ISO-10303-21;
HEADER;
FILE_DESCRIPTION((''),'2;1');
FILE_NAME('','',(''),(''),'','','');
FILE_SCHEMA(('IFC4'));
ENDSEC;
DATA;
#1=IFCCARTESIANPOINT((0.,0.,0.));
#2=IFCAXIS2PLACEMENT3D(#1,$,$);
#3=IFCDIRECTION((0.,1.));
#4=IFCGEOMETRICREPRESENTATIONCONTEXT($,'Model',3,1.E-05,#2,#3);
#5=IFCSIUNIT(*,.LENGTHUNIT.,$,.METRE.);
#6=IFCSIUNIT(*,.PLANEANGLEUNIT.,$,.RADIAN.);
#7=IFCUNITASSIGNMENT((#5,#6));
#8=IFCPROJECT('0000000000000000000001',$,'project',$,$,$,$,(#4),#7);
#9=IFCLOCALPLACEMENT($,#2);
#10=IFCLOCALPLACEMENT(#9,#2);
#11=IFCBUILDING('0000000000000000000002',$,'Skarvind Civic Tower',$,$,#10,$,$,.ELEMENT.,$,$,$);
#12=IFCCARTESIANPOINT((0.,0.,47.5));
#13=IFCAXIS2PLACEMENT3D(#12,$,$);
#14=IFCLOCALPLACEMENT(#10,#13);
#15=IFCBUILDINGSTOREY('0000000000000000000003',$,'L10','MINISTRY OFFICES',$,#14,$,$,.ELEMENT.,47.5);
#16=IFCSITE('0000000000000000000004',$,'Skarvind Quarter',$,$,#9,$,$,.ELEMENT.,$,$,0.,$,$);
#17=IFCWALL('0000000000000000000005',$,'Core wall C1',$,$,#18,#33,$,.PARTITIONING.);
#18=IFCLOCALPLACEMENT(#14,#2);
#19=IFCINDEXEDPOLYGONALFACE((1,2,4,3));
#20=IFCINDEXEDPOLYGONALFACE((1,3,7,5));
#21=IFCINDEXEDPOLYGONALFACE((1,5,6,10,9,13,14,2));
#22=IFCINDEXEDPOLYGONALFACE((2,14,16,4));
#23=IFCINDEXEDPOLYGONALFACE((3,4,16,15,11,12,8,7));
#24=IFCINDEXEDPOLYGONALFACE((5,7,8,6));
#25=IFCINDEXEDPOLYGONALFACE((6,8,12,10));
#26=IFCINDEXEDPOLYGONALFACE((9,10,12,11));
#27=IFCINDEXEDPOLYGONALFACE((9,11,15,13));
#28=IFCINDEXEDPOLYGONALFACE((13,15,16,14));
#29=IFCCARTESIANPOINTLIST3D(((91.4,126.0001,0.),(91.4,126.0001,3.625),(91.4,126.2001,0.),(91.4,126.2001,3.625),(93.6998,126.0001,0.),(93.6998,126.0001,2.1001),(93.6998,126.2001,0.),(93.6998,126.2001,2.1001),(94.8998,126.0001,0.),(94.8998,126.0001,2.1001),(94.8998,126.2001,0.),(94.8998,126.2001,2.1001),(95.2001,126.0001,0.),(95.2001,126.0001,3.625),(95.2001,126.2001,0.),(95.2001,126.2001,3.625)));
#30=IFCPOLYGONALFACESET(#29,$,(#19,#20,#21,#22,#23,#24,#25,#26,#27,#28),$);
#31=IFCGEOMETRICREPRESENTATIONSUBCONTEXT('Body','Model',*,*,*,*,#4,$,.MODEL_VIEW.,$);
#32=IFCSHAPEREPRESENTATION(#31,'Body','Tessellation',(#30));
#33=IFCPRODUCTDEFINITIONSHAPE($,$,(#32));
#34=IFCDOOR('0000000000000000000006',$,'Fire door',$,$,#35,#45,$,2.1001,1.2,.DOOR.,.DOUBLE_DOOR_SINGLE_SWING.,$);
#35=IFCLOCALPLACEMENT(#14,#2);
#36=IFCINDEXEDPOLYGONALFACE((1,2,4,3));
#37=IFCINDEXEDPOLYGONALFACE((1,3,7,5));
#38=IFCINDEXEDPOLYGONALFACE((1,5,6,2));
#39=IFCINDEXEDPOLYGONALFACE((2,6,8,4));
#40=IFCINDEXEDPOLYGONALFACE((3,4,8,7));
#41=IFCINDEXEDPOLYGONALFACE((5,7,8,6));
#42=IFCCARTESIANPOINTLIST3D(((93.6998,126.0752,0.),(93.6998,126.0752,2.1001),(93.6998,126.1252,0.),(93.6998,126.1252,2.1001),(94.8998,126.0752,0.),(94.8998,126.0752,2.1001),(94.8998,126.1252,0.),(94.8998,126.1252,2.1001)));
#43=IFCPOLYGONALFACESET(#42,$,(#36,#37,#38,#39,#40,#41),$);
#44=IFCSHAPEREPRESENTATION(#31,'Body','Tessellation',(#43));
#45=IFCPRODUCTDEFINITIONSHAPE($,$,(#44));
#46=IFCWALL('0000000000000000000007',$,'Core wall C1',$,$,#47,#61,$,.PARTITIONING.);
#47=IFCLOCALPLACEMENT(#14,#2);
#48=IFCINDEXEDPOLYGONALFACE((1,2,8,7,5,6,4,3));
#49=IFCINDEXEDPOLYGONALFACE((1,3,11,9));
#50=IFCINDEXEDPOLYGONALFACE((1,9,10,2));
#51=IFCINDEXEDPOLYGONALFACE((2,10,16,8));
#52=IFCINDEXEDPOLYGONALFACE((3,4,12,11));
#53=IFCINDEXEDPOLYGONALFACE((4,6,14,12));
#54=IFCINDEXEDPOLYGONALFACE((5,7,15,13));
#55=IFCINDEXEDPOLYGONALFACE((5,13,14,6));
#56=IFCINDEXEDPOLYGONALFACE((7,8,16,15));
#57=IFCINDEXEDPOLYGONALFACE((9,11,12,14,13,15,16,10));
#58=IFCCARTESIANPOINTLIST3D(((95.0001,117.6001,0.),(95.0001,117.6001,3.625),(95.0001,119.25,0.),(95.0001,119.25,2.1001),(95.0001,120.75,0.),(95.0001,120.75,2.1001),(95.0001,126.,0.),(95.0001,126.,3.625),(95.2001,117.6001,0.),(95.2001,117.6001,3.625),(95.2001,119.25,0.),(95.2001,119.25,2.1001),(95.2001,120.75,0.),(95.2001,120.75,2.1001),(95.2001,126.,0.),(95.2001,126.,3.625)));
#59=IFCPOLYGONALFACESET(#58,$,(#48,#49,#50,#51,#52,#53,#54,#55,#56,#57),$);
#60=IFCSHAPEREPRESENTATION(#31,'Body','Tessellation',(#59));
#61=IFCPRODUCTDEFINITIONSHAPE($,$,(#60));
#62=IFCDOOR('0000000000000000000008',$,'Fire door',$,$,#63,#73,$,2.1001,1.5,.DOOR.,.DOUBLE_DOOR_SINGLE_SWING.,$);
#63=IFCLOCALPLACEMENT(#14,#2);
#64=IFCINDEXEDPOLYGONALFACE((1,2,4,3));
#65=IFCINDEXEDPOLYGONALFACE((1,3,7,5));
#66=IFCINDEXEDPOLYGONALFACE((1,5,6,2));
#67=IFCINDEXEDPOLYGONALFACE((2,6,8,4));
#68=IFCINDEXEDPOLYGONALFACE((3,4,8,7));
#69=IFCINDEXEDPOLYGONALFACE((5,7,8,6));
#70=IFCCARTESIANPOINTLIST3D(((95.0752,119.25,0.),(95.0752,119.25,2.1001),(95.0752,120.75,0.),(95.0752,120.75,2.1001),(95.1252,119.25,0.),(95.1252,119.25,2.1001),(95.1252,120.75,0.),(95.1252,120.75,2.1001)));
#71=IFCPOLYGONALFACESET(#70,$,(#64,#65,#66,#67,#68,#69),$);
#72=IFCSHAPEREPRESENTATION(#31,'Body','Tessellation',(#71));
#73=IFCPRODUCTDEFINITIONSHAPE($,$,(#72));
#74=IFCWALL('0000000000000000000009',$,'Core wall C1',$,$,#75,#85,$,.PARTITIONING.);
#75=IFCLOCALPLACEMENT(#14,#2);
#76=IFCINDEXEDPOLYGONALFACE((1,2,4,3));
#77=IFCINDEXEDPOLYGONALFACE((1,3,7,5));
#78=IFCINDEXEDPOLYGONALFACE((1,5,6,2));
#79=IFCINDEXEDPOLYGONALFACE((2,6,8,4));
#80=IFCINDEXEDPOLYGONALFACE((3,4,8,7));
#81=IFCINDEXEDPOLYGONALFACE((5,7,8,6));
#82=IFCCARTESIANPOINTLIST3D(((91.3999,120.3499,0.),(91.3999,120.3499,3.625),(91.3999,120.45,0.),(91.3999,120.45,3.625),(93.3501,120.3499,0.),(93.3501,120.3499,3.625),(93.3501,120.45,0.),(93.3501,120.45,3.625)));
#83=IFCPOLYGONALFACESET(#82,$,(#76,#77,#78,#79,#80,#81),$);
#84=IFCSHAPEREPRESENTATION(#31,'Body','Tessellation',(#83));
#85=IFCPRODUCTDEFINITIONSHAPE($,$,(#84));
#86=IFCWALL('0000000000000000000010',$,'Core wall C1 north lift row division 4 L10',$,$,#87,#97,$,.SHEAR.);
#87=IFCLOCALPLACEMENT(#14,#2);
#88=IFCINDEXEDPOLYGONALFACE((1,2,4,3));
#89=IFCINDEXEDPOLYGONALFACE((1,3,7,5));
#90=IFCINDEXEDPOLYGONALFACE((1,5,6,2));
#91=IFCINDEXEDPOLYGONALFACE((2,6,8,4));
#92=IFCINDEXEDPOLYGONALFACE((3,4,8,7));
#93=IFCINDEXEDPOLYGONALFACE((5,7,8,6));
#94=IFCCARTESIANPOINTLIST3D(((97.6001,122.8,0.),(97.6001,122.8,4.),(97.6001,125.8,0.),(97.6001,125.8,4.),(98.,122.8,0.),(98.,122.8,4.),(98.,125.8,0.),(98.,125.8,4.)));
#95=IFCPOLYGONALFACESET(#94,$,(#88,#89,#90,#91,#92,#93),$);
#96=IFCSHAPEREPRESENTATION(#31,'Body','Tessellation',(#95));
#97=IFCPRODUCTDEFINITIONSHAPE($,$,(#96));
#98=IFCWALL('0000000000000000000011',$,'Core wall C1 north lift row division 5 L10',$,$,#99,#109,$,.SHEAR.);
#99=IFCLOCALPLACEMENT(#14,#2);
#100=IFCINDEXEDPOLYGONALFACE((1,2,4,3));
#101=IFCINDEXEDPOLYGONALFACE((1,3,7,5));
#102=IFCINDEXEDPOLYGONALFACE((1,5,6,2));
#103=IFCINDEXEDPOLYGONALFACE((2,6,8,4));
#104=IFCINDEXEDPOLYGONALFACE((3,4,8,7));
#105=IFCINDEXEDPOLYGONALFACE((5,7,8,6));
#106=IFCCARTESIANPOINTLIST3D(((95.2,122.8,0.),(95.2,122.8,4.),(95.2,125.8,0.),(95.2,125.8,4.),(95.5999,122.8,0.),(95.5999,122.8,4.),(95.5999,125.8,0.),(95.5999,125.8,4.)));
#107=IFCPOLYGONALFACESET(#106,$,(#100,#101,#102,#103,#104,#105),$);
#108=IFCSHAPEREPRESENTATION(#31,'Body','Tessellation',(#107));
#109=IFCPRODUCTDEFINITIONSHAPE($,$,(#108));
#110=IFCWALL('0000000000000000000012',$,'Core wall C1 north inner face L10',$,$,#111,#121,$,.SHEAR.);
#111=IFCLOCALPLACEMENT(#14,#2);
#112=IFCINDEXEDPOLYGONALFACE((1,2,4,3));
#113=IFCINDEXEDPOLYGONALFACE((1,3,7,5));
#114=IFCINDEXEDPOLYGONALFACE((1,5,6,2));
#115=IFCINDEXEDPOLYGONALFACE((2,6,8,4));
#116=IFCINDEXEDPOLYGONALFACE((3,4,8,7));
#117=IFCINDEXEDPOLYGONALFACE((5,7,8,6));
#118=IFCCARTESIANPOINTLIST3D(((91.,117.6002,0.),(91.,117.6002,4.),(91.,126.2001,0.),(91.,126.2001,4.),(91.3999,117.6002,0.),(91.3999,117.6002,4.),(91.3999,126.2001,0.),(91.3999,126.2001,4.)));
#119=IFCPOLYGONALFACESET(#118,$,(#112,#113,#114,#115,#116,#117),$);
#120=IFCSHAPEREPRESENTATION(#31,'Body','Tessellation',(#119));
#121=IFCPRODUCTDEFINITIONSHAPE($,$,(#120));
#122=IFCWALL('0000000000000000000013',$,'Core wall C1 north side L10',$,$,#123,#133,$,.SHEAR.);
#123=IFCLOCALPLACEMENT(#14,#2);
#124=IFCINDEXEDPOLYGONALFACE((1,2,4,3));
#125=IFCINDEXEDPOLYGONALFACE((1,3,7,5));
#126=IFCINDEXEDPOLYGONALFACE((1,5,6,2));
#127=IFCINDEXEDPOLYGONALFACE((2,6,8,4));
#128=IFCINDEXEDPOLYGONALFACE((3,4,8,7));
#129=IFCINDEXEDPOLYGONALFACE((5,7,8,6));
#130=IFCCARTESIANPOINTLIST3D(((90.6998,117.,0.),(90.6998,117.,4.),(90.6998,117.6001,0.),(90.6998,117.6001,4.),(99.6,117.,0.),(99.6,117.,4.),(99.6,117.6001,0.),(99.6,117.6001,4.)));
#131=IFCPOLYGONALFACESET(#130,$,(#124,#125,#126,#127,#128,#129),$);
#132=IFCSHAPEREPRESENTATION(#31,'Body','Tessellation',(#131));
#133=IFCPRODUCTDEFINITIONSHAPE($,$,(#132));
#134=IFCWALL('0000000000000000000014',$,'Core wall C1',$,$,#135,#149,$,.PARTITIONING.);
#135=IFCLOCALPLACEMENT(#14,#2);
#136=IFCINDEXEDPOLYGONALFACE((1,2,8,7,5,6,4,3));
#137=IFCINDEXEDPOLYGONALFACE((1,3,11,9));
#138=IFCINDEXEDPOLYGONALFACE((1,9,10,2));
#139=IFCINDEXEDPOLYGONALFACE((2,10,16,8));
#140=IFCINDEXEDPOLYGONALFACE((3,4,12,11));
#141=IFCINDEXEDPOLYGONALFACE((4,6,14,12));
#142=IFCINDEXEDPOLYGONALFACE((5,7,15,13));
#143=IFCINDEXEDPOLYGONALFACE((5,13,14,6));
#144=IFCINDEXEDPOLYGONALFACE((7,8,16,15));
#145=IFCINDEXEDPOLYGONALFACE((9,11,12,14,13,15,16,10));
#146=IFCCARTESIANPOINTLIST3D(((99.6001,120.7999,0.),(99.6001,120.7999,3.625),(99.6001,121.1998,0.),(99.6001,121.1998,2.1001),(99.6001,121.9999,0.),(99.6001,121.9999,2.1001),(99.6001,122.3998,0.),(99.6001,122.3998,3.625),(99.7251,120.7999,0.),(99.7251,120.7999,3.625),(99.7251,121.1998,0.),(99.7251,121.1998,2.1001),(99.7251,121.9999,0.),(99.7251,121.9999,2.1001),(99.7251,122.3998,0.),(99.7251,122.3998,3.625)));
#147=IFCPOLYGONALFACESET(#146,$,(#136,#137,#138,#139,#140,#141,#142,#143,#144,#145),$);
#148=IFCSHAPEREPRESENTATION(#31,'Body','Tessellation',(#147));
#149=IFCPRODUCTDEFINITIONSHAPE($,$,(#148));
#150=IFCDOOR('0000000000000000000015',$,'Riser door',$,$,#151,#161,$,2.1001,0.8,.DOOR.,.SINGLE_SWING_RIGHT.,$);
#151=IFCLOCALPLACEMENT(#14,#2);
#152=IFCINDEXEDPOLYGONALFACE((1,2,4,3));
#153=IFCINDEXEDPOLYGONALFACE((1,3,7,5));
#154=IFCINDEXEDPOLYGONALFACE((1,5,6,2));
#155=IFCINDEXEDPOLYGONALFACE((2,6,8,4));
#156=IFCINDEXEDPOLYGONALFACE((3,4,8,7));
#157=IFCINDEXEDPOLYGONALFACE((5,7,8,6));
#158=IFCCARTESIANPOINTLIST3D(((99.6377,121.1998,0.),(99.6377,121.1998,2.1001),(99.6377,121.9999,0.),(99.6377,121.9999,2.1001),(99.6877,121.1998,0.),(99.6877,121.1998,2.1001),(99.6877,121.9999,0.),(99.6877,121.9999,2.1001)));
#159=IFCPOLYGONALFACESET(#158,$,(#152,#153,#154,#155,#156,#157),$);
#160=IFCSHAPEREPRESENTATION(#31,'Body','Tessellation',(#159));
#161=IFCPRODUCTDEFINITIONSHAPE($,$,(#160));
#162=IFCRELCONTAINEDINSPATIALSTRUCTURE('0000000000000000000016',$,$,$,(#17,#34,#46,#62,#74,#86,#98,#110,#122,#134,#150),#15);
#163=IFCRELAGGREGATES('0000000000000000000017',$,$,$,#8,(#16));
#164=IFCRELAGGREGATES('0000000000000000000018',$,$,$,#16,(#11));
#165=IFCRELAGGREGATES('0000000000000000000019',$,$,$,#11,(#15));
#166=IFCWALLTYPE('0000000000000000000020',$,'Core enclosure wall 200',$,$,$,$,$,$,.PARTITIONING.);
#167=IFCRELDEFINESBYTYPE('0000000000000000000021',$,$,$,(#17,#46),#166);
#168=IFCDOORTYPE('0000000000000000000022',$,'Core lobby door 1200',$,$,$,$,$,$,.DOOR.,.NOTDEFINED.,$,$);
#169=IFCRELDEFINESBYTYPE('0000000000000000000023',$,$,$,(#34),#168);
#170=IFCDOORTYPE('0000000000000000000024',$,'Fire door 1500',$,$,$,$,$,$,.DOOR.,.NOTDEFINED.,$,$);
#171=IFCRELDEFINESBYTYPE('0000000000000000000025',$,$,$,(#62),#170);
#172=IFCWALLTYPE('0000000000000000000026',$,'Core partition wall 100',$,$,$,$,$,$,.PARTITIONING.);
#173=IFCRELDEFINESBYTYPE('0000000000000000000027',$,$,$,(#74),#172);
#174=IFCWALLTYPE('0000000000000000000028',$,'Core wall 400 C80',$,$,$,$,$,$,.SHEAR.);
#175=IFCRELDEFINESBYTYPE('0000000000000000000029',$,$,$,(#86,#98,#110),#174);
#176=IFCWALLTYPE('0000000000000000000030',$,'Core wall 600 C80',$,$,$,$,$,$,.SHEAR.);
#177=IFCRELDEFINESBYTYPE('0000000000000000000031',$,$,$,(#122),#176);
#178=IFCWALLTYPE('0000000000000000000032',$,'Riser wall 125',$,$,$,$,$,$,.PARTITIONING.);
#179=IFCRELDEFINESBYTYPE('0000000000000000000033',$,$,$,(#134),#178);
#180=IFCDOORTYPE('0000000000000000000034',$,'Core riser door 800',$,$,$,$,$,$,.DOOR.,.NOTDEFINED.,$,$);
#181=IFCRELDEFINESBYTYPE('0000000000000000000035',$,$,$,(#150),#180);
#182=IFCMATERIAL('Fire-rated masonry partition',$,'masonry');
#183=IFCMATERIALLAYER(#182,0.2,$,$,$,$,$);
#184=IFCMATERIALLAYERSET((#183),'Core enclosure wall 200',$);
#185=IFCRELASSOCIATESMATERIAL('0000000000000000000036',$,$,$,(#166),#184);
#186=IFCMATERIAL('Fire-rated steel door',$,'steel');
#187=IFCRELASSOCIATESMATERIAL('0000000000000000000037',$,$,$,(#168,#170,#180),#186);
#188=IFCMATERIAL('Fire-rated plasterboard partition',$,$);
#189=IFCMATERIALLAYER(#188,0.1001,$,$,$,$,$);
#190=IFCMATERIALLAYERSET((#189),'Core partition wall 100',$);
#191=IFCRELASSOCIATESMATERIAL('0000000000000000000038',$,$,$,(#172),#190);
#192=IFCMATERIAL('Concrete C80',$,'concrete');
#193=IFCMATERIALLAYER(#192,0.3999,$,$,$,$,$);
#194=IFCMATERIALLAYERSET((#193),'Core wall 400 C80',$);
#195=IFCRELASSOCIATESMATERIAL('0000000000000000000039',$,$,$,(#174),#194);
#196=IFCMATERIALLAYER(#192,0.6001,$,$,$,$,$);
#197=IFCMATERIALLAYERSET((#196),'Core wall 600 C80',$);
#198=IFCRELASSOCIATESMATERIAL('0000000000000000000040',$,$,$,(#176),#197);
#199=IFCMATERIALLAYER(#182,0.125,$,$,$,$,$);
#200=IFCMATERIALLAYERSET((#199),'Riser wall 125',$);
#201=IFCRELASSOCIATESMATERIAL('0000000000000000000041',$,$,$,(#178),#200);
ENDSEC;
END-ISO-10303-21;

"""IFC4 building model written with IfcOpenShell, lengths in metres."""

from ifc_helpers import new_model, si_unit, direction, frame, frame_2d, origin, place, context, subcontext, project, spatial, rectangle, extrude, material, layer, layer_set, type_object, element, fill, save


model = new_model("IFC4")

# Units and contexts
model_context = context("Model", 3, precision=1e-05, world=origin(), true_north=direction((0.0, 1.0)))
body_context = subcontext(model_context, "Body", "Model", "MODEL_VIEW")
ifc_project = project(units=[si_unit("LENGTHUNIT", "METRE"), si_unit("PLANEANGLEUNIT", "RADIAN")], contexts=[model_context])

# Site, building, storey
site_placement = place(None, origin())
site = spatial("IfcSite", under=ifc_project, at=site_placement, Name="Skarvind Quarter", CompositionType="ELEMENT", RefElevation=0.0)
building_placement = place(site_placement, origin())
building = spatial("IfcBuilding", under=site, at=building_placement, Name="Skarvind Civic Tower", CompositionType="ELEMENT")
storey_placement = place(building_placement, frame((0.0, 0.0, 47.5)))
storey = spatial("IfcBuildingStorey", under=building, at=storey_placement, Name="L10", Description="MINISTRY OFFICES", CompositionType="ELEMENT", Elevation=47.5)

# Walls, openings, doors
ifc_material_1 = material(Name="Fire-rated masonry partition", Category="masonry")
ifc_layer_1 = layer(ifc_material_1, 0.2)
ifc_layer_set_1 = layer_set([ifc_layer_1], Name="Core enclosure wall 200")
wall_type_1 = type_object("IfcWallType", Name="Core enclosure wall 200", PredefinedType="PARTITIONING", material=ifc_layer_set_1)
wall_1_placement = place(storey_placement, frame((95.2, 126.1001, 0.0), z_axis=(0.0, 0.0, 1.0), x_axis=(-1.0, 0.0, 0.0)))
wall_1 = element("IfcWall", 1, at=wall_1_placement, inside=storey, type_object=wall_type_1, Name="Core wall C1", PredefinedType="PARTITIONING", context=body_context, shape_type="SweptSolid", body=[
    extrude(rectangle(XDim=3.8, YDim=0.2, at=frame_2d((1.8999, 0.0))), origin(), (0.0, 0.0, 1.0), 3.625),
])
opening_1_placement = place(wall_1_placement, frame((0.3, 0.0, 0.0)))
opening_1 = element("IfcOpeningElement", 2, at=opening_1_placement, cuts=wall_1, PredefinedType="OPENING", context=body_context, shape_type="SweptSolid", body=[
    extrude(rectangle(XDim=1.2, YDim=2.1001, at=frame_2d((0.6001, 1.05))), frame((0.0, 0.1099, 0.0), z_axis=(0.0, -1.0, 0.0), x_axis=(1.0, 0.0, 0.0)), (0.0, 0.0, 1.0), 0.22),
])
ifc_material_2 = material(Name="Fire-rated steel door", Category="steel")
door_type_1 = type_object("IfcDoorType", Name="Core lobby door 1200", OperationType="NOTDEFINED", PredefinedType="DOOR", material=ifc_material_2)
door_1_placement = place(opening_1_placement, origin())
door_1 = element("IfcDoor", 3, at=door_1_placement, inside=storey, type_object=door_type_1, Name="Fire door", OperationType="DOUBLE_DOOR_SINGLE_SWING", OverallHeight=2.1001, OverallWidth=1.2, PredefinedType="DOOR", context=body_context, shape_type="SweptSolid", body=[
    extrude(rectangle(XDim=1.2, YDim=2.1001, at=frame_2d((0.6001, 1.05))), frame((0.0, 0.0249, 0.0), z_axis=(0.0, -1.0, 0.0), x_axis=(1.0, 0.0, 0.0)), (0.0, 0.0, 1.0), 0.05),
])
fill(opening_1, door_1)
wall_2_placement = place(storey_placement, frame((95.1001, 117.6001, 0.0), z_axis=(0.0, 0.0, 1.0), x_axis=(0.0, 1.0, 0.0)))
wall_2 = element("IfcWall", 4, at=wall_2_placement, inside=storey, type_object=wall_type_1, Name="Core wall C1", PredefinedType="PARTITIONING", context=body_context, shape_type="SweptSolid", body=[
    extrude(rectangle(XDim=8.3999, YDim=0.2, at=frame_2d((4.2, 0.0))), origin(), (0.0, 0.0, 1.0), 3.625),
])
opening_2_placement = place(wall_2_placement, frame((1.6499, 0.0, 0.0)))
opening_2 = element("IfcOpeningElement", 5, at=opening_2_placement, cuts=wall_2, PredefinedType="OPENING", context=body_context, shape_type="SweptSolid", body=[
    extrude(rectangle(XDim=1.5, YDim=2.1001, at=frame_2d((0.75, 1.05))), frame((0.0, 0.1099, 0.0), z_axis=(0.0, -1.0, 0.0), x_axis=(1.0, 0.0, 0.0)), (0.0, 0.0, 1.0), 0.22),
])
door_type_2 = type_object("IfcDoorType", Name="Fire door 1500", OperationType="NOTDEFINED", PredefinedType="DOOR", material=ifc_material_2)
door_2_placement = place(opening_2_placement, origin())
door_2 = element("IfcDoor", 6, at=door_2_placement, inside=storey, type_object=door_type_2, Name="Fire door", OperationType="DOUBLE_DOOR_SINGLE_SWING", OverallHeight=2.1001, OverallWidth=1.5, PredefinedType="DOOR", context=body_context, shape_type="SweptSolid", body=[
    extrude(rectangle(XDim=1.5, YDim=2.1001, at=frame_2d((0.75, 1.05))), frame((0.0, 0.0249, 0.0), z_axis=(0.0, -1.0, 0.0), x_axis=(1.0, 0.0, 0.0)), (0.0, 0.0, 1.0), 0.05),
])
fill(opening_2, door_2)

# Walls
ifc_material_3 = material(Name="Fire-rated plasterboard partition")
ifc_layer_2 = layer(ifc_material_3, 0.1001)
ifc_layer_set_2 = layer_set([ifc_layer_2], Name="Core partition wall 100")
wall_type_2 = type_object("IfcWallType", Name="Core partition wall 100", PredefinedType="PARTITIONING", material=ifc_layer_set_2)
wall_3_placement = place(storey_placement, frame((93.3501, 120.3999, 0.0), z_axis=(0.0, 0.0, 1.0), x_axis=(-1.0, 0.0, 0.0)))
element("IfcWall", 7, at=wall_3_placement, inside=storey, type_object=wall_type_2, Name="Core wall C1", PredefinedType="PARTITIONING", context=body_context, shape_type="SweptSolid", body=[
    extrude(rectangle(XDim=1.9502, YDim=0.1001, at=frame_2d((0.9751, 0.0))), origin(), (0.0, 0.0, 1.0), 3.625),
])
ifc_material_4 = material(Name="Concrete C80", Category="concrete")
ifc_layer_3 = layer(ifc_material_4, 0.3999)
ifc_layer_set_3 = layer_set([ifc_layer_3], Name="Core wall 400 C80")
wall_type_3 = type_object("IfcWallType", Name="Core wall 400 C80", PredefinedType="SHEAR", material=ifc_layer_set_3)
for number, where, z_axis, x_axis, name in (
    (8, (97.8, 125.8, 0.0), (0.0, 0.0, 1.0), (0.0, -1.0, 0.0), "Core wall C1 north lift row division 4 L10"),
    (9, (95.3999, 125.8, 0.0), (0.0, 0.0, 1.0), (0.0, -1.0, 0.0), "Core wall C1 north lift row division 5 L10"),
):
    element("IfcWall", number, at=place(storey_placement, frame(where, z_axis=z_axis, x_axis=x_axis)), inside=storey, type_object=wall_type_3, Name=name, PredefinedType="SHEAR", context=body_context, shape_type="SweptSolid", body=[
        extrude(rectangle(XDim=3.0, YDim=0.3999, at=frame_2d((1.5, 0.0))), origin(), (0.0, 0.0, 1.0), 4.0),
    ])
wall_4_placement = place(storey_placement, frame((91.2, 126.2, 0.0), z_axis=(0.0, 0.0, 1.0), x_axis=(0.0, -1.0, 0.0)))
element("IfcWall", 10, at=wall_4_placement, inside=storey, type_object=wall_type_3, Name="Core wall C1 north inner face L10", PredefinedType="SHEAR", context=body_context, shape_type="SweptSolid", body=[
    extrude(rectangle(XDim=8.5999, YDim=0.3999, at=frame_2d((4.2998, 0.0))), origin(), (0.0, 0.0, 1.0), 4.0),
])
ifc_layer_4 = layer(ifc_material_4, 0.6001)
ifc_layer_set_4 = layer_set([ifc_layer_4], Name="Core wall 600 C80")
wall_type_4 = type_object("IfcWallType", Name="Core wall 600 C80", PredefinedType="SHEAR", material=ifc_layer_set_4)
wall_5_placement = place(storey_placement, frame((99.6001, 117.3, 0.0), z_axis=(0.0, 0.0, 1.0), x_axis=(-1.0, 0.0, 0.0)))
element("IfcWall", 11, at=wall_5_placement, inside=storey, type_object=wall_type_4, Name="Core wall C1 north side L10", PredefinedType="SHEAR", context=body_context, shape_type="SweptSolid", body=[
    extrude(rectangle(XDim=8.9001, YDim=0.6001, at=frame_2d((4.4502, 0.0))), origin(), (0.0, 0.0, 1.0), 4.0),
])

# Wall, opening, door
ifc_layer_5 = layer(ifc_material_1, 0.125)
ifc_layer_set_5 = layer_set([ifc_layer_5], Name="Riser wall 125")
wall_type_5 = type_object("IfcWallType", Name="Riser wall 125", PredefinedType="PARTITIONING", material=ifc_layer_set_5)
wall_6_placement = place(storey_placement, frame((99.6626, 120.8, 0.0), z_axis=(0.0, 0.0, 1.0), x_axis=(0.0, 1.0, 0.0)))
wall_6 = element("IfcWall", 12, at=wall_6_placement, inside=storey, type_object=wall_type_5, Name="Core wall C1", PredefinedType="PARTITIONING", context=body_context, shape_type="SweptSolid", body=[
    extrude(rectangle(XDim=1.5999, YDim=0.125, at=frame_2d((0.7998, 0.0))), origin(), (0.0, 0.0, 1.0), 3.625),
])
opening_3_placement = place(wall_6_placement, frame((0.3999, 0.0, 0.0)))
opening_3 = element("IfcOpeningElement", 13, at=opening_3_placement, cuts=wall_6, PredefinedType="OPENING", context=body_context, shape_type="SweptSolid", body=[
    extrude(rectangle(XDim=0.8, YDim=2.1001, at=frame_2d((0.3999, 1.05))), frame((0.0, 0.0725, 0.0), z_axis=(0.0, -1.0, 0.0), x_axis=(1.0, 0.0, 0.0)), (0.0, 0.0, 1.0), 0.145),
])
door_type_3 = type_object("IfcDoorType", Name="Core riser door 800", OperationType="NOTDEFINED", PredefinedType="DOOR", material=ifc_material_2)
door_3_placement = place(opening_3_placement, origin())
door_3 = element("IfcDoor", 14, at=door_3_placement, inside=storey, type_object=door_type_3, Name="Riser door", OperationType="SINGLE_SWING_RIGHT", OverallHeight=2.1001, OverallWidth=0.8, PredefinedType="DOOR", context=body_context, shape_type="SweptSolid", body=[
    extrude(rectangle(XDim=0.8, YDim=2.1001, at=frame_2d((0.3999, 1.05))), frame((0.0, 0.0249, 0.0), z_axis=(0.0, -1.0, 0.0), x_axis=(1.0, 0.0, 0.0)), (0.0, 0.0, 1.0), 0.05),
])
fill(opening_3, door_3)

save(model, "model.ifc")
